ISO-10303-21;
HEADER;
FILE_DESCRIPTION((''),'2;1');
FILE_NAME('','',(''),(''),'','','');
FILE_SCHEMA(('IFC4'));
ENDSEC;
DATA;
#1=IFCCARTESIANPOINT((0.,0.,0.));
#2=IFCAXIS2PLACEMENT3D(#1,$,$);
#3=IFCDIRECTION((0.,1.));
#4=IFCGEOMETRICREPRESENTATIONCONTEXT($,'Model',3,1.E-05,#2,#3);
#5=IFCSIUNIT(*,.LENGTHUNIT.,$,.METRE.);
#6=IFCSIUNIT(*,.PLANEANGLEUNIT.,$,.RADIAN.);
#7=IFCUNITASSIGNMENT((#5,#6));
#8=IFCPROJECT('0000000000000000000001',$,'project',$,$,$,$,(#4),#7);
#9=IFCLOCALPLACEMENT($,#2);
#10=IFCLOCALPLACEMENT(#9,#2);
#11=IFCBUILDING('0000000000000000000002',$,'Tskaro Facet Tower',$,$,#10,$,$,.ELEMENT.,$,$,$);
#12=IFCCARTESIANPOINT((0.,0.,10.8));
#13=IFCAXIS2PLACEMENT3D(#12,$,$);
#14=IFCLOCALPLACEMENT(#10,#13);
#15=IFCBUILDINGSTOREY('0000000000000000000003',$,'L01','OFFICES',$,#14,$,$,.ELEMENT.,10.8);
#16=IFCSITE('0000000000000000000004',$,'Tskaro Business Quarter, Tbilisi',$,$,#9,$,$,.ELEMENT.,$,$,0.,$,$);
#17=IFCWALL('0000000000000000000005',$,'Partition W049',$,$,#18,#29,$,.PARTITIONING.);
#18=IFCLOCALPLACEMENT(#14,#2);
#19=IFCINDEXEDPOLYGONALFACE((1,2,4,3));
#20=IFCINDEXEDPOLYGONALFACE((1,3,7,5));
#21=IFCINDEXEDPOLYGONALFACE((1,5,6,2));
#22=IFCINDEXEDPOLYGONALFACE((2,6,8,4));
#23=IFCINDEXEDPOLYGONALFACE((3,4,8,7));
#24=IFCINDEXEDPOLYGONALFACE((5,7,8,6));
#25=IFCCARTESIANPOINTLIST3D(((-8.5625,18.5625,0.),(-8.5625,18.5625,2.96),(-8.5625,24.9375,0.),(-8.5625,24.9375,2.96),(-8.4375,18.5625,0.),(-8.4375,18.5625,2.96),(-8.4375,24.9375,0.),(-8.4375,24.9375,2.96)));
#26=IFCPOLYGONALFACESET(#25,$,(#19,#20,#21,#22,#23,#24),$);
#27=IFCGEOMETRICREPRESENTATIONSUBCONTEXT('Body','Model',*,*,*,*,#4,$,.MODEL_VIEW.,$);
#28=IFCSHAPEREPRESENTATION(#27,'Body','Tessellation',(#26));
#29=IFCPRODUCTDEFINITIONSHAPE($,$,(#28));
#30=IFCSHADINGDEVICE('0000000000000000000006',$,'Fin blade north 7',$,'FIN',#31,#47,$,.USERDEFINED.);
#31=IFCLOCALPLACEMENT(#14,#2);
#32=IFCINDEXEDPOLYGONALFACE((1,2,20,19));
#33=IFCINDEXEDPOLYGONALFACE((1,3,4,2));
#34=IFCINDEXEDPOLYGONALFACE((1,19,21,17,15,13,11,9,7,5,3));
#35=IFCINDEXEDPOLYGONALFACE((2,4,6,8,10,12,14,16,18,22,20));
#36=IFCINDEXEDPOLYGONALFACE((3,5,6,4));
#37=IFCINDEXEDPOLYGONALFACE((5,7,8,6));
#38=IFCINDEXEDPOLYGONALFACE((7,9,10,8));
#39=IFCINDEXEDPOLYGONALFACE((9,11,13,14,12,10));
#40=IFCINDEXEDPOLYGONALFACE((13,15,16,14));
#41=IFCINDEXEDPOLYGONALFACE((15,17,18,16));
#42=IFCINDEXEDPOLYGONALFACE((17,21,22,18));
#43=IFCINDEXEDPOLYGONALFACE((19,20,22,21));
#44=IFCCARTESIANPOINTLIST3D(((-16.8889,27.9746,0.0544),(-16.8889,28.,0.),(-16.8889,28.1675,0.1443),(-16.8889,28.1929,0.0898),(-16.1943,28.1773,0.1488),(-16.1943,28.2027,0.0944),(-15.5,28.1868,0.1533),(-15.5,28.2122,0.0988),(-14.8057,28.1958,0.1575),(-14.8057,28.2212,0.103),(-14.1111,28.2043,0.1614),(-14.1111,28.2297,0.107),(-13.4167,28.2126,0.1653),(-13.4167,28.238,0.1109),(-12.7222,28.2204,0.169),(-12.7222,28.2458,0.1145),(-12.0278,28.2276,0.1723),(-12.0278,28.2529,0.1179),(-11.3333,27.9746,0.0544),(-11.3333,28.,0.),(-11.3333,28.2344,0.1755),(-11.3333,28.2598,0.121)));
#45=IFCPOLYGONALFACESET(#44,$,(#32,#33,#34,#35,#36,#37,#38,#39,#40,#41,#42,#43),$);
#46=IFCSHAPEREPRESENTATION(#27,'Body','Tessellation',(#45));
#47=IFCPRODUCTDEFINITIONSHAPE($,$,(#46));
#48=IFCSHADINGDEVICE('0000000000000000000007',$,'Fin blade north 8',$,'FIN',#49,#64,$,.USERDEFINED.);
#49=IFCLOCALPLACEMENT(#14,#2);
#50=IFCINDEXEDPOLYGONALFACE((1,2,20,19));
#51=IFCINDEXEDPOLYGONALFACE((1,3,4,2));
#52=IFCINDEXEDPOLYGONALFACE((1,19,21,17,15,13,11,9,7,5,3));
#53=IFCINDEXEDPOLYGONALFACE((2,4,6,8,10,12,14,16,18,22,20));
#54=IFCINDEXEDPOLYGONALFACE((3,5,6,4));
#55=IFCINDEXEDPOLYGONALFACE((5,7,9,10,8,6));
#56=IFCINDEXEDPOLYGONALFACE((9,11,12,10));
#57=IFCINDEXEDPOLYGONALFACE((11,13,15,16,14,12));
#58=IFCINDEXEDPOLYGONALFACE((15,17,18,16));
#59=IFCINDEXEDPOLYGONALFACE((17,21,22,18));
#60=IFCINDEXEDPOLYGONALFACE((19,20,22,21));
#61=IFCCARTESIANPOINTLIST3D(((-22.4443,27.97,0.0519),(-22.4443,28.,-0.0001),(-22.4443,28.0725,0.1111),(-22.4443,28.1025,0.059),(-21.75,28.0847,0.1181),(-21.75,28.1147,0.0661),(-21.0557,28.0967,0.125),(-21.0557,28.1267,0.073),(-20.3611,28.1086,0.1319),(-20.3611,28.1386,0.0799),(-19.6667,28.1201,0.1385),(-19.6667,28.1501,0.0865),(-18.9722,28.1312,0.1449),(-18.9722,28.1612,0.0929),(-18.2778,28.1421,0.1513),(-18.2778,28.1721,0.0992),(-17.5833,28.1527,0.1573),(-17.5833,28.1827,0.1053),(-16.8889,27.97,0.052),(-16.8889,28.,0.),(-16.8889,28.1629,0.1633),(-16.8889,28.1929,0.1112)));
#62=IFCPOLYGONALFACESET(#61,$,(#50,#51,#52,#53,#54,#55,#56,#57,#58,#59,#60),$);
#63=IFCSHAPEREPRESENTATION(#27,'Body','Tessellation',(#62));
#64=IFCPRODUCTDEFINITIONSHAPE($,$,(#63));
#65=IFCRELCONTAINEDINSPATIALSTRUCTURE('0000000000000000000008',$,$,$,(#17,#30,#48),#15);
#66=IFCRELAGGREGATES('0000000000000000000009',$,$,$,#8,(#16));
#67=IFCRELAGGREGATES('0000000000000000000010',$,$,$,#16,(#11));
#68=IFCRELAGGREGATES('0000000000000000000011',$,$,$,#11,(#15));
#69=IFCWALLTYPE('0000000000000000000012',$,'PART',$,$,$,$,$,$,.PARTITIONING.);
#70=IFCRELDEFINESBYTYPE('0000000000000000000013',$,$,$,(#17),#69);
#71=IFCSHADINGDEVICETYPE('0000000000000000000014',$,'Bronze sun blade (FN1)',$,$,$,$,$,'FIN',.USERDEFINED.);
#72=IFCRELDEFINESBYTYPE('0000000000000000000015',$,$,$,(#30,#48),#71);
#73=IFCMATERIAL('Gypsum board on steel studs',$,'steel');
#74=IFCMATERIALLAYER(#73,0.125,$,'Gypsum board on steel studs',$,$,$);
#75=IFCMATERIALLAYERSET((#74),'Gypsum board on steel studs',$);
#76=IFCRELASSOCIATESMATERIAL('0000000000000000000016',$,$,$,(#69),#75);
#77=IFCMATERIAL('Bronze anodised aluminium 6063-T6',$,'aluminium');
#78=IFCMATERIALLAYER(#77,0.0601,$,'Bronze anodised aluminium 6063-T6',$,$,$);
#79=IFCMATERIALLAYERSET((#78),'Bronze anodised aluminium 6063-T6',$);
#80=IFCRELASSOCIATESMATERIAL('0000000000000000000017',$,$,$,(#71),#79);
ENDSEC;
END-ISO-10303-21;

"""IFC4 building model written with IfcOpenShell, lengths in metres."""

from ifc_helpers import new_model, si_unit, direction, frame, frame_2d, origin, place, context, subcontext, project, spatial, polyline, rectangle, outline, extrude, material, layer, layer_set, type_object, element, save


model = new_model("IFC4")

# Units and contexts
model_context = context("Model", 3, precision=1e-05, world=origin(), true_north=direction((0.0, 1.0)))
body_context = subcontext(model_context, "Body", "Model", "MODEL_VIEW")
ifc_project = project(units=[si_unit("LENGTHUNIT", "METRE"), si_unit("PLANEANGLEUNIT", "RADIAN")], contexts=[model_context])

# Site, building, storey
site_placement = place(None, origin())
site = spatial("IfcSite", under=ifc_project, at=site_placement, Name="Tskaro Business Quarter, Tbilisi", CompositionType="ELEMENT", RefElevation=0.0)
building_placement = place(site_placement, origin())
building = spatial("IfcBuilding", under=site, at=building_placement, Name="Tskaro Facet Tower", CompositionType="ELEMENT")
storey_placement = place(building_placement, frame((0.0, 0.0, 10.8)))
storey = spatial("IfcBuildingStorey", under=building, at=storey_placement, Name="L01", Description="OFFICES", CompositionType="ELEMENT", Elevation=10.8)

# Shared definitions
ifc_material_1 = material(Name="Bronze anodised aluminium 6063-T6", Category="aluminium")

# Shared definitions
ifc_material_2 = material(Name="Gypsum board on steel studs", Category="steel")
ifc_layer_1 = layer(ifc_material_2, 0.125, Name="Gypsum board on steel studs")
ifc_layer_set_1 = layer_set([ifc_layer_1], Name="Gypsum board on steel studs")
wall_type = type_object("IfcWallType", Name="PART", PredefinedType="PARTITIONING", material=ifc_layer_set_1)

# Wall
wall_1_placement = place(storey_placement, frame((-8.5, 18.5625, 0.0), z_axis=(0.0, 0.0, 1.0), x_axis=(0.0, 1.0, 0.0)))
element("IfcWall", 1, at=wall_1_placement, inside=storey, type_object=wall_type, Name="Partition W049", PredefinedType="PARTITIONING", context=body_context, shape_type="SweptSolid", body=[
    extrude(rectangle(XDim=6.375, YDim=0.125, at=frame_2d((3.1875, 0.0))), origin(), (0.0, 0.0, 1.0), 2.96),
])

# Shading devices
ifc_layer_2 = layer(ifc_material_1, 0.0601, Name="Bronze anodised aluminium 6063-T6")
ifc_layer_set_2 = layer_set([ifc_layer_2], Name="Bronze anodised aluminium 6063-T6")
shading_device_type = type_object("IfcShadingDeviceType", Name="Bronze sun blade (FN1)", ElementType="FIN", PredefinedType="USERDEFINED", material=ifc_layer_set_2)
shading_device_1_placement = place(storey_placement, frame((-11.3333, 27.9746, 0.0544), z_axis=(-0.000008, -0.422309, 0.906452), x_axis=(-1.0, 0.000003, -0.000007)))
element("IfcShadingDevice", 2, at=shading_device_1_placement, inside=storey, type_object=shading_device_type, Name="Fin blade north 7", ObjectType="FIN", PredefinedType="USERDEFINED", context=body_context, shape_type="SweptSolid", body=[
    extrude(outline(polyline([(0.0, 0.0), (5.5557, 0.0), (5.5557, -0.2128), (4.8611, -0.2236), (4.1667, -0.2341), (3.4724, -0.244), (2.7778, -0.2534), (2.0835, -0.2626), (1.3889, -0.2712), (0.6946, -0.2791), (0.0, -0.2866), (0.0, 0.0)])), origin(), (0.0, 0.0, -1.0), 0.0601),
])
shading_device_2_placement = place(storey_placement, frame((-16.8889, 27.97, 0.052), z_axis=(-0.000013, -0.499569, 0.866274), x_axis=(-1.0, 0.000007, -0.000012)))
element("IfcShadingDevice", 3, at=shading_device_2_placement, inside=storey, type_object=shading_device_type, Name="Fin blade north 8", ObjectType="FIN", PredefinedType="USERDEFINED", context=body_context, shape_type="SweptSolid", body=[
    extrude(outline(polyline([(0.0, 0.0), (5.5554, 0.0), (5.5554, -0.1183), (4.8611, -0.1325), (4.1667, -0.1462), (3.4722, -0.16), (2.7778, -0.1732), (2.0833, -0.1861), (1.3889, -0.1987), (0.6943, -0.2109), (0.0, -0.2227), (0.0, 0.0)])), origin(), (0.0, 0.0, -1.0), 0.0601),
])

save(model, "model.ifc")
